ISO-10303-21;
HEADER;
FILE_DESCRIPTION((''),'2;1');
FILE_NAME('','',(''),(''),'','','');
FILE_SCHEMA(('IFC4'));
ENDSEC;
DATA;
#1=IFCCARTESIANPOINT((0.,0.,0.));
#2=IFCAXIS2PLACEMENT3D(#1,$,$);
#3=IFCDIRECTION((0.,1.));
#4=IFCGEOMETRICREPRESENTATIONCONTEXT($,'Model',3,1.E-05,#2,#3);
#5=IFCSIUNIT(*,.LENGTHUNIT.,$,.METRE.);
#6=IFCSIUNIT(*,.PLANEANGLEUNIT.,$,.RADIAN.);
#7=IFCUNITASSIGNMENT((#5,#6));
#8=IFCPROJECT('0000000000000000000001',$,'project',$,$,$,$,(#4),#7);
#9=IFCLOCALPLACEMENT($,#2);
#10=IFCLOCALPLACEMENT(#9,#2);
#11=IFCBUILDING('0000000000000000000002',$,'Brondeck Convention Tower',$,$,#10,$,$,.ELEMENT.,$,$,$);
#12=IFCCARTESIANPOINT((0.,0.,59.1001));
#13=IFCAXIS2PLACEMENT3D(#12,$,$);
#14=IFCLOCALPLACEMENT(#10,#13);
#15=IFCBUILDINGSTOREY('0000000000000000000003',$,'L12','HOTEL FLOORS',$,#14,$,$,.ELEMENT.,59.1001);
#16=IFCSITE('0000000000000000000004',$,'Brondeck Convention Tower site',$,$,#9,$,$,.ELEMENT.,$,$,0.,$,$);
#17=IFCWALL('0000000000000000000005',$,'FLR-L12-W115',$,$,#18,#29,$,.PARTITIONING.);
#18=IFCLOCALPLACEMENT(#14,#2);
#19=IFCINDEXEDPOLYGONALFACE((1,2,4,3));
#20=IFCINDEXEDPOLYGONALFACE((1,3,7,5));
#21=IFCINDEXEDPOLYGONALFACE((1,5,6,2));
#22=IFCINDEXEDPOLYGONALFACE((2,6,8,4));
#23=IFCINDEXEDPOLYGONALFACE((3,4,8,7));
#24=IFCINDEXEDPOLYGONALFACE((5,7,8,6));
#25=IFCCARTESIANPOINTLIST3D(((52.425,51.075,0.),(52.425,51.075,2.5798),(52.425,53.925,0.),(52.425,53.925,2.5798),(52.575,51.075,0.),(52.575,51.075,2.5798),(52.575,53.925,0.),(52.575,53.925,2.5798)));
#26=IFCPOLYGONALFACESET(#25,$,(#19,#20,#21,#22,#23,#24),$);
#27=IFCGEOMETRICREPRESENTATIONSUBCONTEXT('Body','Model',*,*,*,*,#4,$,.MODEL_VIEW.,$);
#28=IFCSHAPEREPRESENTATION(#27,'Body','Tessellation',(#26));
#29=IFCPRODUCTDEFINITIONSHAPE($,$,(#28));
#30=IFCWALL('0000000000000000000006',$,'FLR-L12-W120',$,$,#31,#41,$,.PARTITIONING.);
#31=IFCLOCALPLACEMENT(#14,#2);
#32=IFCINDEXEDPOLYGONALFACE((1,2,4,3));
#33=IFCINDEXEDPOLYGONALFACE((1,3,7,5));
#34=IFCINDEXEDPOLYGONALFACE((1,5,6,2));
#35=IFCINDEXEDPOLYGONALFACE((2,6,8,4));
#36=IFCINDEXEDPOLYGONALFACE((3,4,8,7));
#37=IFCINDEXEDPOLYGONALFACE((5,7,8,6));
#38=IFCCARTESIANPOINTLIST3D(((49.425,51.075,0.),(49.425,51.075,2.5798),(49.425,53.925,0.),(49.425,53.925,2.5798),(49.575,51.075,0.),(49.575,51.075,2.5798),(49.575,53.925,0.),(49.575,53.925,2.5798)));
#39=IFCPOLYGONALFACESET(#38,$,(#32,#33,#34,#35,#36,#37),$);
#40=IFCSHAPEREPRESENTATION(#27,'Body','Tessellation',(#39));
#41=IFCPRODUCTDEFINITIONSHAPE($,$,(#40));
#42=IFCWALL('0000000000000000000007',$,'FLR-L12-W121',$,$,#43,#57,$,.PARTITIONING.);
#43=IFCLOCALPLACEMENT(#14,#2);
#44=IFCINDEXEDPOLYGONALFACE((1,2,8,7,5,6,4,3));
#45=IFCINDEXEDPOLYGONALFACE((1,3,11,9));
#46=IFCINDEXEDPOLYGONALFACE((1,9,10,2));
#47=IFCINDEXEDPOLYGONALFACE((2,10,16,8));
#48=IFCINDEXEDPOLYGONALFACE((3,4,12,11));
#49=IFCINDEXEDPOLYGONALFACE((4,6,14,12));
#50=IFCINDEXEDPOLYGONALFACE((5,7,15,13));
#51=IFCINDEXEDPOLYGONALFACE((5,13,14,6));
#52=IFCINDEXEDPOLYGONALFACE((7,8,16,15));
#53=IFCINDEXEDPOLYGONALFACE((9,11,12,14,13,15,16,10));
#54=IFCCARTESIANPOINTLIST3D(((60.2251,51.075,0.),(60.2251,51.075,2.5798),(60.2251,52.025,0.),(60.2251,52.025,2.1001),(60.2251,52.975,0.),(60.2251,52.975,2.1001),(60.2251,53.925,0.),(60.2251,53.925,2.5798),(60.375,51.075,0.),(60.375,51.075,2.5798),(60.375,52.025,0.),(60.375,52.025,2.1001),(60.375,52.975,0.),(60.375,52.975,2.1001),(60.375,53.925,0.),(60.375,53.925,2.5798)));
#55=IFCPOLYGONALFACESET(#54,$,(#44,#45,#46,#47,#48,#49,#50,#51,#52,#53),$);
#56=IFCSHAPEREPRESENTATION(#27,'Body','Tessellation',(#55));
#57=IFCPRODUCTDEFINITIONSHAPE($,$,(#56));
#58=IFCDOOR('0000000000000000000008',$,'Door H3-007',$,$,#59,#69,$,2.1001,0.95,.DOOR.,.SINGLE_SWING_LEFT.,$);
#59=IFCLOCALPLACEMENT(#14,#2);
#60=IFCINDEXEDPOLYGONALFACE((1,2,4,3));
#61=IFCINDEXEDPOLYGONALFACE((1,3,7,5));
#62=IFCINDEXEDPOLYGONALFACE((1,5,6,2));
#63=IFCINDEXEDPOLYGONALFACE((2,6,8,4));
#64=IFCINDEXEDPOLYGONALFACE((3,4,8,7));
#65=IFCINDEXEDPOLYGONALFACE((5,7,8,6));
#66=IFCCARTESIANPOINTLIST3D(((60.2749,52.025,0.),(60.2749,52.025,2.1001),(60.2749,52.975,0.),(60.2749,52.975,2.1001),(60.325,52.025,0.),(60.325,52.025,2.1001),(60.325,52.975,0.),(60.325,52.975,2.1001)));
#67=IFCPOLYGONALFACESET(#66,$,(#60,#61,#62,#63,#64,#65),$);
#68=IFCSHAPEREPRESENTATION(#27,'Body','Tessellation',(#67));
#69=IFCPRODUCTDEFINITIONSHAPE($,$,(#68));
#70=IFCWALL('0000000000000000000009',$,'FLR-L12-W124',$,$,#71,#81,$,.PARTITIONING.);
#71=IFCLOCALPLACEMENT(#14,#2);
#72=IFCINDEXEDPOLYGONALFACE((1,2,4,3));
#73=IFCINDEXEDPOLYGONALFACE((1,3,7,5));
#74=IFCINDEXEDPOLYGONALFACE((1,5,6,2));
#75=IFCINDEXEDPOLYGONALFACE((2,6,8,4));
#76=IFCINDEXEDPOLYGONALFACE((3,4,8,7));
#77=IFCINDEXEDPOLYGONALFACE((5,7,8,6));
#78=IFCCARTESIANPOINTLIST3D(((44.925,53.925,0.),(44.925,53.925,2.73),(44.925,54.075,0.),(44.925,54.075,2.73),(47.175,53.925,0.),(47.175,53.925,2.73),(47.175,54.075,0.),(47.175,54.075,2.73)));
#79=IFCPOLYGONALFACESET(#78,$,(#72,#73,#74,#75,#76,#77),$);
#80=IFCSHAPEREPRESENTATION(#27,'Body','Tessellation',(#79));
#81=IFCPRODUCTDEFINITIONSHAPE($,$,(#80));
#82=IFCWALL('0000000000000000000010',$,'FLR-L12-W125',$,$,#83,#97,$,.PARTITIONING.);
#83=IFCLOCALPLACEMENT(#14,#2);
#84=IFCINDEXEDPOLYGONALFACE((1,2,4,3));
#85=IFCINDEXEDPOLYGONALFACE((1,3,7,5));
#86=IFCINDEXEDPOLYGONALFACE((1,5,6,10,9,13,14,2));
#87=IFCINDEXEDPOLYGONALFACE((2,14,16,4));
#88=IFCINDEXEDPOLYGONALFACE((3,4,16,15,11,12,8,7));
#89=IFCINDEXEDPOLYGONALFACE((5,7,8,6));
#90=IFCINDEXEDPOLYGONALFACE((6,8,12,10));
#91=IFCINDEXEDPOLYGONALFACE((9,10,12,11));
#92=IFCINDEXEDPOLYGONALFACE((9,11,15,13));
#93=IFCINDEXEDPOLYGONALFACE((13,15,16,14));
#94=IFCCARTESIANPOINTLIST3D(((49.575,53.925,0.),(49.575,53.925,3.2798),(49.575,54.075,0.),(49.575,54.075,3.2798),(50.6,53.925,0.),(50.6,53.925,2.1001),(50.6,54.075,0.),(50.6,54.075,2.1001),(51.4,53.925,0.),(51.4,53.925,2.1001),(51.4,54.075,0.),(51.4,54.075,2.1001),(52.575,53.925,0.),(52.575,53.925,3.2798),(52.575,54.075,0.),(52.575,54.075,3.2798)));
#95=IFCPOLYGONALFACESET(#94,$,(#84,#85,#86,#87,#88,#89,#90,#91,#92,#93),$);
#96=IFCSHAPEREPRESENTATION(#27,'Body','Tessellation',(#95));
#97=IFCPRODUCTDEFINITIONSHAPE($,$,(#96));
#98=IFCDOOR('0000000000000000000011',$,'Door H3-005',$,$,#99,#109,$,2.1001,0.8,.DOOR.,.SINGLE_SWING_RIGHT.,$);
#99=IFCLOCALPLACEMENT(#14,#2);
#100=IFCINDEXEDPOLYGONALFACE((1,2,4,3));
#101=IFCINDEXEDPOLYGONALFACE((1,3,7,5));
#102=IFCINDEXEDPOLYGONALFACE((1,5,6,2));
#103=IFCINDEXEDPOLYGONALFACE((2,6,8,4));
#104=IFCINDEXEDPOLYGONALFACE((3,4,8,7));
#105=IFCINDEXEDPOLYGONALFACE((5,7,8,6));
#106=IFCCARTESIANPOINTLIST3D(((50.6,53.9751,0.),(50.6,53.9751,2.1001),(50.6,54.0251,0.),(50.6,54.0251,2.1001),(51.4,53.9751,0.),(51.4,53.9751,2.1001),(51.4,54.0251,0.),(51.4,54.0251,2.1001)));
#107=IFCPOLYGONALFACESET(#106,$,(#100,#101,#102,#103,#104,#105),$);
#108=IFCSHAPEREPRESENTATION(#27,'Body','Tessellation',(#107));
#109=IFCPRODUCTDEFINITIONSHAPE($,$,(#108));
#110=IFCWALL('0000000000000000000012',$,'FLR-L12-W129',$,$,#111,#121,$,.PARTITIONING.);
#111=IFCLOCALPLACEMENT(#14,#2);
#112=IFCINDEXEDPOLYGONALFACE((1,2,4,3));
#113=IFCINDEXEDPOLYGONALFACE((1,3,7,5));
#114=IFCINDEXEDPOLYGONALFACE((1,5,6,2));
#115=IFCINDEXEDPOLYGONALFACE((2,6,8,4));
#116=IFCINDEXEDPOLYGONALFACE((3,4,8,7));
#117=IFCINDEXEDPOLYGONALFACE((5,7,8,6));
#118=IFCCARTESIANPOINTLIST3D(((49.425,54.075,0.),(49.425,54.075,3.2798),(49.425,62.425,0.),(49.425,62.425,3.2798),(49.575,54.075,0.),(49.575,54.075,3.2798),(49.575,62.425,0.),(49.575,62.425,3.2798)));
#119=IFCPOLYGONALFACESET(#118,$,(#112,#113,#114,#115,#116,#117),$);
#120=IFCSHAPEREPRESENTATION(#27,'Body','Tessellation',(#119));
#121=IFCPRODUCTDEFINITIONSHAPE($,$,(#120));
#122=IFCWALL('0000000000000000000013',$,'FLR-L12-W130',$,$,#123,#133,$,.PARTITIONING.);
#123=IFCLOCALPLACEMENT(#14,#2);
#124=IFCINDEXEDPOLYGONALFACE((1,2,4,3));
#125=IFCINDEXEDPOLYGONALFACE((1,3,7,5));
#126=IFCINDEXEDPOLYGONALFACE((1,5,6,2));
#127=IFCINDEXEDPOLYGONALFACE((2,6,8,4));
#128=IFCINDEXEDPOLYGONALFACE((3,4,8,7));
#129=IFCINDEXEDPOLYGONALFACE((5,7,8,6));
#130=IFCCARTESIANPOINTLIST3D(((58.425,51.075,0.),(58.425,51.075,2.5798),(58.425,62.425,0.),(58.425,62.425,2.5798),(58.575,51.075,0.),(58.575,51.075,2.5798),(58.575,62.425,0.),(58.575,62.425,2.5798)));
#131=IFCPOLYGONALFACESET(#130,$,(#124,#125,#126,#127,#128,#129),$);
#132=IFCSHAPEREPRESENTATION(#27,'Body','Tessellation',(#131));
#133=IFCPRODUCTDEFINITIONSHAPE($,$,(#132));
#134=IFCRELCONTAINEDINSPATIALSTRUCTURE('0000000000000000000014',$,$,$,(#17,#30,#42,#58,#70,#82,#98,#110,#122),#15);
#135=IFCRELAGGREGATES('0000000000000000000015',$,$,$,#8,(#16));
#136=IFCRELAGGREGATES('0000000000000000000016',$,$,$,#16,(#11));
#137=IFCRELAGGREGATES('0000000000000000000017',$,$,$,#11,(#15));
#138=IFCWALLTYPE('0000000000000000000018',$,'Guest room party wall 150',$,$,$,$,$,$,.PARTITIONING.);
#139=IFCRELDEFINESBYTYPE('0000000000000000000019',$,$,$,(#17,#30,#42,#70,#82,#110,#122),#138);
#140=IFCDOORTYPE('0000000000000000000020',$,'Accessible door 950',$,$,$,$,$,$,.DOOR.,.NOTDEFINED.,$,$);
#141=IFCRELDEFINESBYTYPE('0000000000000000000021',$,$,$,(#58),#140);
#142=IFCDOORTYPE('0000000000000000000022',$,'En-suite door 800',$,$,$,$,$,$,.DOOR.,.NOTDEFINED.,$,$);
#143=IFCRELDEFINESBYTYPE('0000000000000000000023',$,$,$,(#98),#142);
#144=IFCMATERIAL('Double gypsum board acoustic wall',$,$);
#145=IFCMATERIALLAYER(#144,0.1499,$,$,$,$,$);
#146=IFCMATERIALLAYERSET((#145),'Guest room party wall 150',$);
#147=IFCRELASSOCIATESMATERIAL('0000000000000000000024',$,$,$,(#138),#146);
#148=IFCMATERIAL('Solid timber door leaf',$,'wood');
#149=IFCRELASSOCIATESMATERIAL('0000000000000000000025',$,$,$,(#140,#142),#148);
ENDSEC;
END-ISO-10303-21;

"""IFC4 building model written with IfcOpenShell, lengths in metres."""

from ifc_helpers import new_model, si_unit, direction, frame, frame_2d, origin, place, context, subcontext, project, spatial, rectangle, extrude, material, layer, layer_set, type_object, element, fill, save


model = new_model("IFC4")

# Units and contexts
model_context = context("Model", 3, precision=1e-05, world=origin(), true_north=direction((0.0, 1.0)))
body_context = subcontext(model_context, "Body", "Model", "MODEL_VIEW")
ifc_project = project(units=[si_unit("LENGTHUNIT", "METRE"), si_unit("PLANEANGLEUNIT", "RADIAN")], contexts=[model_context])

# Site, building, storey
site_placement = place(None, origin())
site = spatial("IfcSite", under=ifc_project, at=site_placement, Name="Brondeck Convention Tower site", CompositionType="ELEMENT", RefElevation=0.0)
building_placement = place(site_placement, origin())
building = spatial("IfcBuilding", under=site, at=building_placement, Name="Brondeck Convention Tower", CompositionType="ELEMENT")
storey_placement = place(building_placement, frame((0.0, 0.0, 59.1001)))
storey = spatial("IfcBuildingStorey", under=building, at=storey_placement, Name="L12", Description="HOTEL FLOORS", CompositionType="ELEMENT", Elevation=59.1001)

# Walls
ifc_material_1 = material(Name="Double gypsum board acoustic wall")
ifc_layer_1 = layer(ifc_material_1, 0.1499)
ifc_layer_set_1 = layer_set([ifc_layer_1], Name="Guest room party wall 150")
wall_type_1 = type_object("IfcWallType", Name="Guest room party wall 150", PredefinedType="PARTITIONING", material=ifc_layer_set_1)
for number, where, z_axis, x_axis, name in (
    (1, (52.5, 51.075, 0.0), (0.0, 0.0, 1.0), (0.0, 1.0, 0.0), "FLR-L12-W115"),
    (2, (49.5, 53.925, 0.0), (0.0, 0.0, 1.0), (0.0, -1.0, 0.0), "FLR-L12-W120"),
):
    element("IfcWall", number, at=place(storey_placement, frame(where, z_axis=z_axis, x_axis=x_axis)), inside=storey, type_object=wall_type_1, Name=name, PredefinedType="PARTITIONING", context=body_context, shape_type="SweptSolid", body=[
        extrude(rectangle(XDim=2.8501, YDim=0.1499, at=frame_2d((1.425, 0.0))), origin(), (0.0, 0.0, 1.0), 2.5798),
    ])

# Wall, opening, door
wall_1_placement = place(storey_placement, frame((60.3, 53.925, 0.0), z_axis=(0.0, 0.0, 1.0), x_axis=(0.0, -1.0, 0.0)))
wall_1 = element("IfcWall", 3, at=wall_1_placement, inside=storey, type_object=wall_type_1, Name="FLR-L12-W121", PredefinedType="PARTITIONING", context=body_context, shape_type="SweptSolid", body=[
    extrude(rectangle(XDim=2.8501, YDim=0.1499, at=frame_2d((1.425, 0.0))), origin(), (0.0, 0.0, 1.0), 2.5798),
])
opening_1_placement = place(wall_1_placement, frame((0.95, 0.0, 0.0)))
opening_1 = element("IfcOpeningElement", 4, at=opening_1_placement, cuts=wall_1, PredefinedType="OPENING", context=body_context, shape_type="SweptSolid", body=[
    extrude(rectangle(XDim=0.95, YDim=2.1001, at=frame_2d((0.4751, 1.05))), frame((0.0, 0.085, 0.0), z_axis=(0.0, -1.0, 0.0), x_axis=(1.0, 0.0, 0.0)), (0.0, 0.0, 1.0), 0.1699),
])
ifc_material_2 = material(Name="Solid timber door leaf", Category="wood")
door_type_1 = type_object("IfcDoorType", Name="Accessible door 950", OperationType="NOTDEFINED", PredefinedType="DOOR", material=ifc_material_2)
door_1_placement = place(opening_1_placement, origin())
door_1 = element("IfcDoor", 5, at=door_1_placement, inside=storey, type_object=door_type_1, Name="Door H3-007", OperationType="SINGLE_SWING_LEFT", OverallHeight=2.1001, OverallWidth=0.95, PredefinedType="DOOR", context=body_context, shape_type="SweptSolid", body=[
    extrude(rectangle(XDim=0.95, YDim=2.1001, at=frame_2d((0.4751, 1.05))), frame((0.0, 0.0249, 0.0), z_axis=(0.0, -1.0, 0.0), x_axis=(1.0, 0.0, 0.0)), (0.0, 0.0, 1.0), 0.05),
])
fill(opening_1, door_1)

# Wall
wall_2_placement = place(storey_placement, frame((47.175, 54.0, 0.0), z_axis=(0.0, 0.0, 1.0), x_axis=(-1.0, 0.0, 0.0)))
element("IfcWall", 6, at=wall_2_placement, inside=storey, type_object=wall_type_1, Name="FLR-L12-W124", PredefinedType="PARTITIONING", context=body_context, shape_type="SweptSolid", body=[
    extrude(rectangle(XDim=2.25, YDim=0.1499, at=frame_2d((1.125, 0.0))), origin(), (0.0, 0.0, 1.0), 2.73),
])

# Wall, opening, door
wall_3_placement = place(storey_placement, frame((52.575, 54.0, 0.0), z_axis=(0.0, 0.0, 1.0), x_axis=(-1.0, 0.0, 0.0)))
wall_3 = element("IfcWall", 7, at=wall_3_placement, inside=storey, type_object=wall_type_1, Name="FLR-L12-W125", PredefinedType="PARTITIONING", context=body_context, shape_type="SweptSolid", body=[
    extrude(rectangle(XDim=3.0, YDim=0.1499, at=frame_2d((1.5, 0.0))), origin(), (0.0, 0.0, 1.0), 3.2798),
])
opening_2_placement = place(wall_3_placement, frame((1.175, 0.0, 0.0)))
opening_2 = element("IfcOpeningElement", 8, at=opening_2_placement, cuts=wall_3, PredefinedType="OPENING", context=body_context, shape_type="SweptSolid", body=[
    extrude(rectangle(XDim=0.8, YDim=2.1001, at=frame_2d((0.3999, 1.05))), frame((0.0, 0.085, 0.0), z_axis=(0.0, -1.0, 0.0), x_axis=(1.0, 0.0, 0.0)), (0.0, 0.0, 1.0), 0.1699),
])
door_type_2 = type_object("IfcDoorType", Name="En-suite door 800", OperationType="NOTDEFINED", PredefinedType="DOOR", material=ifc_material_2)
door_2_placement = place(opening_2_placement, origin())
door_2 = element("IfcDoor", 9, at=door_2_placement, inside=storey, type_object=door_type_2, Name="Door H3-005", OperationType="SINGLE_SWING_RIGHT", OverallHeight=2.1001, OverallWidth=0.8, PredefinedType="DOOR", context=body_context, shape_type="SweptSolid", body=[
    extrude(rectangle(XDim=0.8, YDim=2.1001, at=frame_2d((0.3999, 1.05))), frame((0.0, 0.0249, 0.0), z_axis=(0.0, -1.0, 0.0), x_axis=(1.0, 0.0, 0.0)), (0.0, 0.0, 1.0), 0.05),
])
fill(opening_2, door_2)

# Walls
wall_4_placement = place(storey_placement, frame((49.5, 62.425, 0.0), z_axis=(0.0, 0.0, 1.0), x_axis=(0.0, -1.0, 0.0)))
element("IfcWall", 10, at=wall_4_placement, inside=storey, type_object=wall_type_1, Name="FLR-L12-W129", PredefinedType="PARTITIONING", context=body_context, shape_type="SweptSolid", body=[
    extrude(rectangle(XDim=8.3501, YDim=0.1499, at=frame_2d((4.175, 0.0))), origin(), (0.0, 0.0, 1.0), 3.2798),
])
wall_5_placement = place(storey_placement, frame((58.5, 62.425, 0.0), z_axis=(0.0, 0.0, 1.0), x_axis=(0.0, -1.0, 0.0)))
element("IfcWall", 11, at=wall_5_placement, inside=storey, type_object=wall_type_1, Name="FLR-L12-W130", PredefinedType="PARTITIONING", context=body_context, shape_type="SweptSolid", body=[
    extrude(rectangle(XDim=11.3501, YDim=0.1499, at=frame_2d((5.675, 0.0))), origin(), (0.0, 0.0, 1.0), 2.5798),
])

save(model, "model.ifc")
